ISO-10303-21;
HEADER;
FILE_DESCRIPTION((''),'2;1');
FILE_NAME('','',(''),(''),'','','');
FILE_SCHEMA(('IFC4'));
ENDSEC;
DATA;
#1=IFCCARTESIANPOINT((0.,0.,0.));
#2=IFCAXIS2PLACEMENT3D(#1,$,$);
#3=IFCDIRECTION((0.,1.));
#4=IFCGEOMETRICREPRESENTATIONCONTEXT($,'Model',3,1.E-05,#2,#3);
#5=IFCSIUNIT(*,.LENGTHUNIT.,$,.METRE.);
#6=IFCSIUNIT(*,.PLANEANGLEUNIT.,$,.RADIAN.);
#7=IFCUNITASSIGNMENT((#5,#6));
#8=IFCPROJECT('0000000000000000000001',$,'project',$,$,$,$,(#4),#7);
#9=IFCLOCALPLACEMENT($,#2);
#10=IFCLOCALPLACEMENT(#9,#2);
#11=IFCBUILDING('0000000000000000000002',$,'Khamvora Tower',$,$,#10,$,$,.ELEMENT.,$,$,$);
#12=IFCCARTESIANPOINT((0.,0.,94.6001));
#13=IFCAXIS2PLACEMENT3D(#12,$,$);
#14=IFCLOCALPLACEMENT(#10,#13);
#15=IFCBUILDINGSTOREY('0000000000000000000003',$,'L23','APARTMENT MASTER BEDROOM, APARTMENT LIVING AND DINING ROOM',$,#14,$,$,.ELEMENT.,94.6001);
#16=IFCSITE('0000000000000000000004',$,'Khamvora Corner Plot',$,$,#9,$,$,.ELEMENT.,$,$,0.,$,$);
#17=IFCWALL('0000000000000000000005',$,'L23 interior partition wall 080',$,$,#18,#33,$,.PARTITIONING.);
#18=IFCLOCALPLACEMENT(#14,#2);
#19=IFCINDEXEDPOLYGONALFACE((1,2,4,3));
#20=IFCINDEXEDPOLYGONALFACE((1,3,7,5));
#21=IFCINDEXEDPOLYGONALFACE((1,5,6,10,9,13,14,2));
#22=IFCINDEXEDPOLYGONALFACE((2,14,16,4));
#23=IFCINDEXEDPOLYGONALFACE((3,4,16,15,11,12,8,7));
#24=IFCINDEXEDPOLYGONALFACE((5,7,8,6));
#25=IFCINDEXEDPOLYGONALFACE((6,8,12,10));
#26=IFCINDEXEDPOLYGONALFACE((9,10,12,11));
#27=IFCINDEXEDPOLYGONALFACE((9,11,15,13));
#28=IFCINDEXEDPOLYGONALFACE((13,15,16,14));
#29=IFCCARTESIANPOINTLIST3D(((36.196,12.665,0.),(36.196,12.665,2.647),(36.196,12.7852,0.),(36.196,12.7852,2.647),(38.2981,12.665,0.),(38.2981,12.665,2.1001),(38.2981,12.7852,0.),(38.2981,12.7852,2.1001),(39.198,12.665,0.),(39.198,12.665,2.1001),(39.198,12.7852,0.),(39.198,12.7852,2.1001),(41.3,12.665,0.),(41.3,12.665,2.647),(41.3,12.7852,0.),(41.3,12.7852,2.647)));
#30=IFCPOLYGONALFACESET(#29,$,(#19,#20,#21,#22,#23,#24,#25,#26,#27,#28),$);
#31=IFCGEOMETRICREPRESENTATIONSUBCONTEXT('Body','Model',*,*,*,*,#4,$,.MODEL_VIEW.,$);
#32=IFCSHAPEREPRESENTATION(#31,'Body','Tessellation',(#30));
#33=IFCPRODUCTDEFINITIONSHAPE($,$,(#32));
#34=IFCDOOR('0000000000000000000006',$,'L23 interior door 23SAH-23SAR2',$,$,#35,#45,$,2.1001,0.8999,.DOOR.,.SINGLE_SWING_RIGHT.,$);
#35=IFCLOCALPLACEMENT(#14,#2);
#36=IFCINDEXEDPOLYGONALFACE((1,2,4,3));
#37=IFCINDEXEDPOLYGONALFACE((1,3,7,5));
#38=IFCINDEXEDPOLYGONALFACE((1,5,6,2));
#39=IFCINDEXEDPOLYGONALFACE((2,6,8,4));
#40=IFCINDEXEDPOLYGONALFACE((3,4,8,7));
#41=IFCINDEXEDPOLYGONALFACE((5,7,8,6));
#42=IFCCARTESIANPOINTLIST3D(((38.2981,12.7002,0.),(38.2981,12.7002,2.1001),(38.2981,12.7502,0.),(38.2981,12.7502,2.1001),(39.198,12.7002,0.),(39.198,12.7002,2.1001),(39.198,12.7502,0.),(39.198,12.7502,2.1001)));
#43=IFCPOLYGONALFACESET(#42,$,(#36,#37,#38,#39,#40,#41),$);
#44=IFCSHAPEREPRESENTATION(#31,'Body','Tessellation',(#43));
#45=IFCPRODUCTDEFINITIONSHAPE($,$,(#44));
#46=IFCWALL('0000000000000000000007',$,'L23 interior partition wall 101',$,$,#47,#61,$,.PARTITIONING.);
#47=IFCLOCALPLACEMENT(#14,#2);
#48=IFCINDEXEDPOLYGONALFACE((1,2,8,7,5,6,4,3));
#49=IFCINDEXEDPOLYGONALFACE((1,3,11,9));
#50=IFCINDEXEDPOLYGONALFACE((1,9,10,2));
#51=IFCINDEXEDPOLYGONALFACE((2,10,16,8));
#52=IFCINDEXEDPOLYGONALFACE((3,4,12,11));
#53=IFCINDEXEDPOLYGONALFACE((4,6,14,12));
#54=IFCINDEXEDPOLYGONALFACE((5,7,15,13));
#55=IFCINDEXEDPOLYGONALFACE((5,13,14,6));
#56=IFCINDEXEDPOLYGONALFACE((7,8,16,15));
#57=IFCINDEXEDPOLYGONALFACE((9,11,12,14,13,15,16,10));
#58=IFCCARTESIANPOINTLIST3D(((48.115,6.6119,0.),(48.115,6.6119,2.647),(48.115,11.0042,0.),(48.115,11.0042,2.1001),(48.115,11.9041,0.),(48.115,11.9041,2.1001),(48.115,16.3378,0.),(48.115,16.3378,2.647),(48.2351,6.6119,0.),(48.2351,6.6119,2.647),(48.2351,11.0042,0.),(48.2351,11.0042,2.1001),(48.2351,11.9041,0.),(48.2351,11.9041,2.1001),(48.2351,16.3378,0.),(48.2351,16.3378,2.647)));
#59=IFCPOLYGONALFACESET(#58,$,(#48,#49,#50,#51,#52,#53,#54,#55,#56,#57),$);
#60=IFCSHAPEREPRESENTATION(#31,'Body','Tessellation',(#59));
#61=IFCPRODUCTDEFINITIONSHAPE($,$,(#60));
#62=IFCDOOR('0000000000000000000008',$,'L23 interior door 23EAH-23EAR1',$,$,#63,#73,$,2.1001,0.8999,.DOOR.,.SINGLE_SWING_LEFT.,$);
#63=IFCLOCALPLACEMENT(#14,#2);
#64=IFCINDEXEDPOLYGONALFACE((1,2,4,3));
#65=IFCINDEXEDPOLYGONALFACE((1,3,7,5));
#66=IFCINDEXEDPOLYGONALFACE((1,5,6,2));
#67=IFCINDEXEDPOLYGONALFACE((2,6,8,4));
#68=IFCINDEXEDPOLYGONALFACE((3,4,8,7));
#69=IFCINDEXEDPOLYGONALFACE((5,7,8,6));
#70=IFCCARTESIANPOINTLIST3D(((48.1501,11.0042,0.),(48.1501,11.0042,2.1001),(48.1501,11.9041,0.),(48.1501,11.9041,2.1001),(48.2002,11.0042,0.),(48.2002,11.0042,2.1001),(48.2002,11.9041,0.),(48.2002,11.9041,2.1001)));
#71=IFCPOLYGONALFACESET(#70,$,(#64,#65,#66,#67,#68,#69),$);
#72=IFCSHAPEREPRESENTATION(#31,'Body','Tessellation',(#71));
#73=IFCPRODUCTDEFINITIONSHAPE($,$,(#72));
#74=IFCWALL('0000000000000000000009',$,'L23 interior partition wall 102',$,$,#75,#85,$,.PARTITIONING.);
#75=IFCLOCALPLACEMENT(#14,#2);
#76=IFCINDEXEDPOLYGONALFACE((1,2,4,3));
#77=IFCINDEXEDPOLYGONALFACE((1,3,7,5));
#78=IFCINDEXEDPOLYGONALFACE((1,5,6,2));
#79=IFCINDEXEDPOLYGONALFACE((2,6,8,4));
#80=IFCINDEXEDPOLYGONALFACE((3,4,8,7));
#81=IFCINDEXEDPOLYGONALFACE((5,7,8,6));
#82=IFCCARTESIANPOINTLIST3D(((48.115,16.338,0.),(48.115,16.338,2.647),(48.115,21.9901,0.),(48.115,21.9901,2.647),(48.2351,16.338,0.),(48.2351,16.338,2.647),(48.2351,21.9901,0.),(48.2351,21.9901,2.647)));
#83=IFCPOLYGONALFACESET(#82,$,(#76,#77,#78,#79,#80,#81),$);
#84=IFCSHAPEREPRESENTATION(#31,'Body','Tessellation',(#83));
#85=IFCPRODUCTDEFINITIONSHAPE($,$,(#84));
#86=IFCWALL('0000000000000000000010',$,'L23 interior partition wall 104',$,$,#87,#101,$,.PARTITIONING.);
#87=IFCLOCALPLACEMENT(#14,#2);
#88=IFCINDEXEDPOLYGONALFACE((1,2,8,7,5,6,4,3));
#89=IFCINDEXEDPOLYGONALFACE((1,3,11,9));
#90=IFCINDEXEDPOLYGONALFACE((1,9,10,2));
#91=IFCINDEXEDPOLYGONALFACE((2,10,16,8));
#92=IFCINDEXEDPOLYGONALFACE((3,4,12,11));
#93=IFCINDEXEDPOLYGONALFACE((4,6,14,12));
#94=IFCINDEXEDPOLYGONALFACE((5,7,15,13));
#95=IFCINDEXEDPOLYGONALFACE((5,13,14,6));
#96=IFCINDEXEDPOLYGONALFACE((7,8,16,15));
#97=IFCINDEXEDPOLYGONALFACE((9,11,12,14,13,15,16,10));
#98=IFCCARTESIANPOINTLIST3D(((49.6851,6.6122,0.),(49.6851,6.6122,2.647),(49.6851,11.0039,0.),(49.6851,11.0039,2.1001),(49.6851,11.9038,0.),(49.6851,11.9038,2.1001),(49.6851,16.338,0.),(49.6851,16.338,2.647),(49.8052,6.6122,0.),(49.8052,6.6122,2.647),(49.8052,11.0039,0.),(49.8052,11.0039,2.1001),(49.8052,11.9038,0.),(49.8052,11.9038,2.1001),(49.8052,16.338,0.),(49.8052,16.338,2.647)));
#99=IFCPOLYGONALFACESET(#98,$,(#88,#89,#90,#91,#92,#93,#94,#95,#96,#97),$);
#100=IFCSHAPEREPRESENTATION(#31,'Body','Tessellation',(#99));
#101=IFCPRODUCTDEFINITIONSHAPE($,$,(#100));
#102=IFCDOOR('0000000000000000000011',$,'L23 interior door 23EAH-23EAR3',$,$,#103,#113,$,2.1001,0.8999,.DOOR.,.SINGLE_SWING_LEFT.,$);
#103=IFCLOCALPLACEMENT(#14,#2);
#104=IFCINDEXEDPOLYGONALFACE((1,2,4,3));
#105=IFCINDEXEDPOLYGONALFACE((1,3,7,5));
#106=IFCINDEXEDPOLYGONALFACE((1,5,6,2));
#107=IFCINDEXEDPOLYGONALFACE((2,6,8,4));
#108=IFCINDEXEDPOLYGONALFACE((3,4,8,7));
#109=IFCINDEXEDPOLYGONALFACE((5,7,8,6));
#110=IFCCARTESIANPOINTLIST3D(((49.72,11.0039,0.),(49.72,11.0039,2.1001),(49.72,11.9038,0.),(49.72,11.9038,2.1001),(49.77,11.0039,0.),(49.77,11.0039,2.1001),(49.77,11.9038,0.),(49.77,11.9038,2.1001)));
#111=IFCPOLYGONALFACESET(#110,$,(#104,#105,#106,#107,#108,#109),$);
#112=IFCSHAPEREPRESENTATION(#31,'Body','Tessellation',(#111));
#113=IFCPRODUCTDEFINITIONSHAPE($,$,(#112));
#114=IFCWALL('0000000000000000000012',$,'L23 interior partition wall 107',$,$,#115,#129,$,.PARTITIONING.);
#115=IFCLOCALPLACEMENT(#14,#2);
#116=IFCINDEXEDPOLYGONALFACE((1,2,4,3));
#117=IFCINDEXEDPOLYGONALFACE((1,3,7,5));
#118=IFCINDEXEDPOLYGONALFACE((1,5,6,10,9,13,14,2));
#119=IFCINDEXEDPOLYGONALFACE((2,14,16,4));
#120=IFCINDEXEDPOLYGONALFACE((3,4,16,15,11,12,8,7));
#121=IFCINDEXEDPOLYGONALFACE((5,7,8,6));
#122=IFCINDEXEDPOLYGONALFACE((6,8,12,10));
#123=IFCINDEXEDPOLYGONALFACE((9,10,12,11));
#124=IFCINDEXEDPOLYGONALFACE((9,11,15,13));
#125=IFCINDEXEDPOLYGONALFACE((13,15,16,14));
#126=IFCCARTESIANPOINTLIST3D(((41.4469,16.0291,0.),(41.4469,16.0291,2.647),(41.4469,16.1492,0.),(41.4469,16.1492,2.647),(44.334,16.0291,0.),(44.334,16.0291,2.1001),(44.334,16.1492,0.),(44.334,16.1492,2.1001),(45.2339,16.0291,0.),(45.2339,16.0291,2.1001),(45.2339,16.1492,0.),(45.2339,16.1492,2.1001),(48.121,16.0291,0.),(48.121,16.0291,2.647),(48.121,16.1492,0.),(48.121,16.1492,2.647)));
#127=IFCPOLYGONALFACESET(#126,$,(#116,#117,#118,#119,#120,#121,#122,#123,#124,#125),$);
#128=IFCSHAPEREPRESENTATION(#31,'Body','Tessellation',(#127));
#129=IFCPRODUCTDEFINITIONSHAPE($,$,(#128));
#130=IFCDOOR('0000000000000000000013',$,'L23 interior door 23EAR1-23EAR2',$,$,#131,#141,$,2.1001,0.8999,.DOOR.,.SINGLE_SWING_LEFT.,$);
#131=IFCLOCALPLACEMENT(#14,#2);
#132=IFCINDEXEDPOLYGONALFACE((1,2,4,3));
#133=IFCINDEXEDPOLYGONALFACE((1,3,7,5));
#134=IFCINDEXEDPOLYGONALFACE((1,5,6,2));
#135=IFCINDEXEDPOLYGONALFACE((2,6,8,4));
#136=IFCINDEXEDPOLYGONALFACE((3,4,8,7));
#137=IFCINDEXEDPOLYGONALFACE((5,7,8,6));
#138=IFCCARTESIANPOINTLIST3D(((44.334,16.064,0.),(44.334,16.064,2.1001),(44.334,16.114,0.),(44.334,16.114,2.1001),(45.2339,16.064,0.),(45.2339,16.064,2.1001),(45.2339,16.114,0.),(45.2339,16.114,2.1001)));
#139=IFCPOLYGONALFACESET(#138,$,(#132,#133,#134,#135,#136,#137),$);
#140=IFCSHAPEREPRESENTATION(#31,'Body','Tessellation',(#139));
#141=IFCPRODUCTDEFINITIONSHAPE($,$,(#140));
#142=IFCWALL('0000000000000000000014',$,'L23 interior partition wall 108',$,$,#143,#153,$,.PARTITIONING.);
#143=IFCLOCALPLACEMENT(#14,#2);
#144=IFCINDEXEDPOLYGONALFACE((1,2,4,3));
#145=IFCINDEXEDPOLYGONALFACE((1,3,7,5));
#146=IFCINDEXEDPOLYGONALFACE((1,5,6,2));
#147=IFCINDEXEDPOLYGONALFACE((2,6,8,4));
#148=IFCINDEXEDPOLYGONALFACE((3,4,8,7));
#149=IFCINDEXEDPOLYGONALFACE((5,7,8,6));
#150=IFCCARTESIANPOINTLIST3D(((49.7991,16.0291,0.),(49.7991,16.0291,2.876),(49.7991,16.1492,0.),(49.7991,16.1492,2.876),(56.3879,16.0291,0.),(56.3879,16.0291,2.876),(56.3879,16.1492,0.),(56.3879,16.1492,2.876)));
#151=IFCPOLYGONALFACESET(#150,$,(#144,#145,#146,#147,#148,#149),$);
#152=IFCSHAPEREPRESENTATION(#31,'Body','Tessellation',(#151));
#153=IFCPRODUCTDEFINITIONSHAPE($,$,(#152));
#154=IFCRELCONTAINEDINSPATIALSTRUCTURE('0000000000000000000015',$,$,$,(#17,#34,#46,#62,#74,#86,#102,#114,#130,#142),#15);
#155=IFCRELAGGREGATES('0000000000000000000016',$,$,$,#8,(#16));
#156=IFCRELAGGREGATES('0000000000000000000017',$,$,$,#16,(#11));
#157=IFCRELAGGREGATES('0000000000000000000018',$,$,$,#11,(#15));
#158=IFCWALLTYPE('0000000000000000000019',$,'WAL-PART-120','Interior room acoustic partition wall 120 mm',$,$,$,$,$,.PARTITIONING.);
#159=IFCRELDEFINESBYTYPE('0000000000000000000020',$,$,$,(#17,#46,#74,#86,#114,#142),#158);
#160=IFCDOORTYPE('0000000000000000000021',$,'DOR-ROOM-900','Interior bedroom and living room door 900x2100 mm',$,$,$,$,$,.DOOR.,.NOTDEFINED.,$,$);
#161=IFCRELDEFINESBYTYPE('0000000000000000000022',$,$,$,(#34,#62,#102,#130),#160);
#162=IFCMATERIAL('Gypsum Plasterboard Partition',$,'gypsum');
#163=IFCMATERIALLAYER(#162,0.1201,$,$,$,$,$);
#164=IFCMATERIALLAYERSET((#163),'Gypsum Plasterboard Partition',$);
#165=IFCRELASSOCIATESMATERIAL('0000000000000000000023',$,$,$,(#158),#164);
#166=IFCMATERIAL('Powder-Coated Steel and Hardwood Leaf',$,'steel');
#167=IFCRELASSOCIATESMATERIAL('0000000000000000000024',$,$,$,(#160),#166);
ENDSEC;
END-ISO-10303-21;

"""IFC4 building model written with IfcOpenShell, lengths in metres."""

from ifc_helpers import new_model, si_unit, direction, frame, frame_2d, origin, place, context, subcontext, project, spatial, rectangle, extrude, material, layer, layer_set, type_object, element, fill, save


model = new_model("IFC4")

# Units and contexts
model_context = context("Model", 3, precision=1e-05, world=origin(), true_north=direction((0.0, 1.0)))
body_context = subcontext(model_context, "Body", "Model", "MODEL_VIEW")
ifc_project = project(units=[si_unit("LENGTHUNIT", "METRE"), si_unit("PLANEANGLEUNIT", "RADIAN")], contexts=[model_context])

# Site, building, storey
site_placement = place(None, origin())
site = spatial("IfcSite", under=ifc_project, at=site_placement, Name="Khamvora Corner Plot", CompositionType="ELEMENT", RefElevation=0.0)
building_placement = place(site_placement, origin())
building = spatial("IfcBuilding", under=site, at=building_placement, Name="Khamvora Tower", CompositionType="ELEMENT")
storey_placement = place(building_placement, frame((0.0, 0.0, 94.6001)))
storey = spatial("IfcBuildingStorey", under=building, at=storey_placement, Name="L23", Description="APARTMENT MASTER BEDROOM, APARTMENT LIVING AND DINING ROOM", CompositionType="ELEMENT", Elevation=94.6001)

# Walls, openings, doors
ifc_material_1 = material(Name="Gypsum Plasterboard Partition", Category="gypsum")
ifc_layer_1 = layer(ifc_material_1, 0.1201)
ifc_layer_set_1 = layer_set([ifc_layer_1], Name="Gypsum Plasterboard Partition")
wall_type_1 = type_object("IfcWallType", Name="WAL-PART-120", Description="Interior room acoustic partition wall 120 mm", PredefinedType="PARTITIONING", material=ifc_layer_set_1)
wall_1_placement = place(storey_placement, frame((41.3, 12.7251, 0.0), z_axis=(0.0, 0.0, 1.0), x_axis=(-1.0, 0.0, 0.0)))
wall_1 = element("IfcWall", 1, at=wall_1_placement, inside=storey, type_object=wall_type_1, Name="L23 interior partition wall 080", PredefinedType="PARTITIONING", context=body_context, shape_type="SweptSolid", body=[
    extrude(rectangle(XDim=5.104, YDim=0.1201, at=frame_2d((2.552, 0.0))), origin(), (0.0, 0.0, 1.0), 2.647),
])
opening_1_placement = place(wall_1_placement, frame((2.1021, 0.0, 0.0)))
opening_1 = element("IfcOpeningElement", 2, at=opening_1_placement, cuts=wall_1, PredefinedType="OPENING", context=body_context, shape_type="SweptSolid", body=[
    extrude(rectangle(XDim=0.8999, YDim=2.1001, at=frame_2d((0.45, 1.05))), frame((0.0, 0.0701, 0.0), z_axis=(0.0, -1.0, 0.0), x_axis=(1.0, 0.0, 0.0)), (0.0, 0.0, 1.0), 0.1401),
])
ifc_material_2 = material(Name="Powder-Coated Steel and Hardwood Leaf", Category="steel")
door_type = type_object("IfcDoorType", Name="DOR-ROOM-900", Description="Interior bedroom and living room door 900x2100 mm", OperationType="NOTDEFINED", PredefinedType="DOOR", material=ifc_material_2)
door_1_placement = place(opening_1_placement, origin())
door_1 = element("IfcDoor", 3, at=door_1_placement, inside=storey, type_object=door_type, Name="L23 interior door 23SAH-23SAR2", OperationType="SINGLE_SWING_RIGHT", OverallHeight=2.1001, OverallWidth=0.8999, PredefinedType="DOOR", context=body_context, shape_type="SweptSolid", body=[
    extrude(rectangle(XDim=0.8999, YDim=2.1001, at=frame_2d((0.45, 1.05))), frame((0.0, 0.0249, 0.0), z_axis=(0.0, -1.0, 0.0), x_axis=(1.0, 0.0, 0.0)), (0.0, 0.0, 1.0), 0.05),
])
fill(opening_1, door_1)
wall_2_placement = place(storey_placement, frame((48.175, 6.6121, 0.0), z_axis=(0.0, 0.0, 1.0), x_axis=(0.0, 1.0, 0.0)))
wall_2 = element("IfcWall", 4, at=wall_2_placement, inside=storey, type_object=wall_type_1, Name="L23 interior partition wall 101", PredefinedType="PARTITIONING", context=body_context, shape_type="SweptSolid", body=[
    extrude(rectangle(XDim=9.7258, YDim=0.1201, at=frame_2d((4.8628, 0.0))), origin(), (0.0, 0.0, 1.0), 2.647),
])
opening_2_placement = place(wall_2_placement, frame((4.3921, 0.0, 0.0)))
opening_2 = element("IfcOpeningElement", 5, at=opening_2_placement, cuts=wall_2, PredefinedType="OPENING", context=body_context, shape_type="SweptSolid", body=[
    extrude(rectangle(XDim=0.8999, YDim=2.1001, at=frame_2d((0.45, 1.05))), frame((0.0, 0.0701, 0.0), z_axis=(0.0, -1.0, 0.0), x_axis=(1.0, 0.0, 0.0)), (0.0, 0.0, 1.0), 0.1401),
])
door_2_placement = place(opening_2_placement, origin())
door_2 = element("IfcDoor", 6, at=door_2_placement, inside=storey, type_object=door_type, Name="L23 interior door 23EAH-23EAR1", OperationType="SINGLE_SWING_LEFT", OverallHeight=2.1001, OverallWidth=0.8999, PredefinedType="DOOR", context=body_context, shape_type="SweptSolid", body=[
    extrude(rectangle(XDim=0.8999, YDim=2.1001, at=frame_2d((0.45, 1.05))), frame((0.0, 0.0249, 0.0), z_axis=(0.0, -1.0, 0.0), x_axis=(1.0, 0.0, 0.0)), (0.0, 0.0, 1.0), 0.05),
])
fill(opening_2, door_2)

# Wall
wall_3_placement = place(storey_placement, frame((48.175, 16.3379, 0.0), z_axis=(0.0, 0.0, 1.0), x_axis=(0.0, 1.0, 0.0)))
element("IfcWall", 7, at=wall_3_placement, inside=storey, type_object=wall_type_1, Name="L23 interior partition wall 102", PredefinedType="PARTITIONING", context=body_context, shape_type="SweptSolid", body=[
    extrude(rectangle(XDim=5.6521, YDim=0.1201, at=frame_2d((2.8262, 0.0))), origin(), (0.0, 0.0, 1.0), 2.647),
])

# Walls, openings, doors
wall_4_placement = place(storey_placement, frame((49.7451, 16.3379, 0.0), z_axis=(0.0, 0.0, 1.0), x_axis=(0.0, -1.0, 0.0)))
wall_4 = element("IfcWall", 8, at=wall_4_placement, inside=storey, type_object=wall_type_1, Name="L23 interior partition wall 104", PredefinedType="PARTITIONING", context=body_context, shape_type="SweptSolid", body=[
    extrude(rectangle(XDim=9.7258, YDim=0.1201, at=frame_2d((4.8628, 0.0))), origin(), (0.0, 0.0, 1.0), 2.647),
])
opening_3_placement = place(wall_4_placement, frame((4.4341, 0.0, 0.0)))
opening_3 = element("IfcOpeningElement", 9, at=opening_3_placement, cuts=wall_4, PredefinedType="OPENING", context=body_context, shape_type="SweptSolid", body=[
    extrude(rectangle(XDim=0.8999, YDim=2.1001, at=frame_2d((0.45, 1.05))), frame((0.0, 0.0701, 0.0), z_axis=(0.0, -1.0, 0.0), x_axis=(1.0, 0.0, 0.0)), (0.0, 0.0, 1.0), 0.1401),
])
door_3_placement = place(opening_3_placement, origin())
door_3 = element("IfcDoor", 10, at=door_3_placement, inside=storey, type_object=door_type, Name="L23 interior door 23EAH-23EAR3", OperationType="SINGLE_SWING_LEFT", OverallHeight=2.1001, OverallWidth=0.8999, PredefinedType="DOOR", context=body_context, shape_type="SweptSolid", body=[
    extrude(rectangle(XDim=0.8999, YDim=2.1001, at=frame_2d((0.45, 1.05))), frame((0.0, 0.0249, 0.0), z_axis=(0.0, -1.0, 0.0), x_axis=(1.0, 0.0, 0.0)), (0.0, 0.0, 1.0), 0.05),
])
fill(opening_3, door_3)
wall_5_placement = place(storey_placement, frame((41.447, 16.0891, 0.0), z_axis=(0.0, 0.0, 1.0), x_axis=(1.0, 0.0, 0.0)))
wall_5 = element("IfcWall", 11, at=wall_5_placement, inside=storey, type_object=wall_type_1, Name="L23 interior partition wall 107", PredefinedType="PARTITIONING", context=body_context, shape_type="SweptSolid", body=[
    extrude(rectangle(XDim=6.6741, YDim=0.1201, at=frame_2d((3.3369, 0.0))), origin(), (0.0, 0.0, 1.0), 2.647),
])
opening_4_placement = place(wall_5_placement, frame((2.887, 0.0, 0.0)))
opening_4 = element("IfcOpeningElement", 12, at=opening_4_placement, cuts=wall_5, PredefinedType="OPENING", context=body_context, shape_type="SweptSolid", body=[
    extrude(rectangle(XDim=0.8999, YDim=2.1001, at=frame_2d((0.45, 1.05))), frame((0.0, 0.0701, 0.0), z_axis=(0.0, -1.0, 0.0), x_axis=(1.0, 0.0, 0.0)), (0.0, 0.0, 1.0), 0.1401),
])
door_4_placement = place(opening_4_placement, origin())
door_4 = element("IfcDoor", 13, at=door_4_placement, inside=storey, type_object=door_type, Name="L23 interior door 23EAR1-23EAR2", OperationType="SINGLE_SWING_LEFT", OverallHeight=2.1001, OverallWidth=0.8999, PredefinedType="DOOR", context=body_context, shape_type="SweptSolid", body=[
    extrude(rectangle(XDim=0.8999, YDim=2.1001, at=frame_2d((0.45, 1.05))), frame((0.0, 0.0249, 0.0), z_axis=(0.0, -1.0, 0.0), x_axis=(1.0, 0.0, 0.0)), (0.0, 0.0, 1.0), 0.05),
])
fill(opening_4, door_4)

# Wall
wall_6_placement = place(storey_placement, frame((49.7991, 16.0891, 0.0), z_axis=(0.0, 0.0, 1.0), x_axis=(1.0, 0.0, 0.0)))
element("IfcWall", 14, at=wall_6_placement, inside=storey, type_object=wall_type_1, Name="L23 interior partition wall 108", PredefinedType="PARTITIONING", context=body_context, shape_type="SweptSolid", body=[
    extrude(rectangle(XDim=6.5889, YDim=0.1201, at=frame_2d((3.2944, 0.0))), origin(), (0.0, 0.0, 1.0), 2.876),
])

save(model, "model.ifc")
